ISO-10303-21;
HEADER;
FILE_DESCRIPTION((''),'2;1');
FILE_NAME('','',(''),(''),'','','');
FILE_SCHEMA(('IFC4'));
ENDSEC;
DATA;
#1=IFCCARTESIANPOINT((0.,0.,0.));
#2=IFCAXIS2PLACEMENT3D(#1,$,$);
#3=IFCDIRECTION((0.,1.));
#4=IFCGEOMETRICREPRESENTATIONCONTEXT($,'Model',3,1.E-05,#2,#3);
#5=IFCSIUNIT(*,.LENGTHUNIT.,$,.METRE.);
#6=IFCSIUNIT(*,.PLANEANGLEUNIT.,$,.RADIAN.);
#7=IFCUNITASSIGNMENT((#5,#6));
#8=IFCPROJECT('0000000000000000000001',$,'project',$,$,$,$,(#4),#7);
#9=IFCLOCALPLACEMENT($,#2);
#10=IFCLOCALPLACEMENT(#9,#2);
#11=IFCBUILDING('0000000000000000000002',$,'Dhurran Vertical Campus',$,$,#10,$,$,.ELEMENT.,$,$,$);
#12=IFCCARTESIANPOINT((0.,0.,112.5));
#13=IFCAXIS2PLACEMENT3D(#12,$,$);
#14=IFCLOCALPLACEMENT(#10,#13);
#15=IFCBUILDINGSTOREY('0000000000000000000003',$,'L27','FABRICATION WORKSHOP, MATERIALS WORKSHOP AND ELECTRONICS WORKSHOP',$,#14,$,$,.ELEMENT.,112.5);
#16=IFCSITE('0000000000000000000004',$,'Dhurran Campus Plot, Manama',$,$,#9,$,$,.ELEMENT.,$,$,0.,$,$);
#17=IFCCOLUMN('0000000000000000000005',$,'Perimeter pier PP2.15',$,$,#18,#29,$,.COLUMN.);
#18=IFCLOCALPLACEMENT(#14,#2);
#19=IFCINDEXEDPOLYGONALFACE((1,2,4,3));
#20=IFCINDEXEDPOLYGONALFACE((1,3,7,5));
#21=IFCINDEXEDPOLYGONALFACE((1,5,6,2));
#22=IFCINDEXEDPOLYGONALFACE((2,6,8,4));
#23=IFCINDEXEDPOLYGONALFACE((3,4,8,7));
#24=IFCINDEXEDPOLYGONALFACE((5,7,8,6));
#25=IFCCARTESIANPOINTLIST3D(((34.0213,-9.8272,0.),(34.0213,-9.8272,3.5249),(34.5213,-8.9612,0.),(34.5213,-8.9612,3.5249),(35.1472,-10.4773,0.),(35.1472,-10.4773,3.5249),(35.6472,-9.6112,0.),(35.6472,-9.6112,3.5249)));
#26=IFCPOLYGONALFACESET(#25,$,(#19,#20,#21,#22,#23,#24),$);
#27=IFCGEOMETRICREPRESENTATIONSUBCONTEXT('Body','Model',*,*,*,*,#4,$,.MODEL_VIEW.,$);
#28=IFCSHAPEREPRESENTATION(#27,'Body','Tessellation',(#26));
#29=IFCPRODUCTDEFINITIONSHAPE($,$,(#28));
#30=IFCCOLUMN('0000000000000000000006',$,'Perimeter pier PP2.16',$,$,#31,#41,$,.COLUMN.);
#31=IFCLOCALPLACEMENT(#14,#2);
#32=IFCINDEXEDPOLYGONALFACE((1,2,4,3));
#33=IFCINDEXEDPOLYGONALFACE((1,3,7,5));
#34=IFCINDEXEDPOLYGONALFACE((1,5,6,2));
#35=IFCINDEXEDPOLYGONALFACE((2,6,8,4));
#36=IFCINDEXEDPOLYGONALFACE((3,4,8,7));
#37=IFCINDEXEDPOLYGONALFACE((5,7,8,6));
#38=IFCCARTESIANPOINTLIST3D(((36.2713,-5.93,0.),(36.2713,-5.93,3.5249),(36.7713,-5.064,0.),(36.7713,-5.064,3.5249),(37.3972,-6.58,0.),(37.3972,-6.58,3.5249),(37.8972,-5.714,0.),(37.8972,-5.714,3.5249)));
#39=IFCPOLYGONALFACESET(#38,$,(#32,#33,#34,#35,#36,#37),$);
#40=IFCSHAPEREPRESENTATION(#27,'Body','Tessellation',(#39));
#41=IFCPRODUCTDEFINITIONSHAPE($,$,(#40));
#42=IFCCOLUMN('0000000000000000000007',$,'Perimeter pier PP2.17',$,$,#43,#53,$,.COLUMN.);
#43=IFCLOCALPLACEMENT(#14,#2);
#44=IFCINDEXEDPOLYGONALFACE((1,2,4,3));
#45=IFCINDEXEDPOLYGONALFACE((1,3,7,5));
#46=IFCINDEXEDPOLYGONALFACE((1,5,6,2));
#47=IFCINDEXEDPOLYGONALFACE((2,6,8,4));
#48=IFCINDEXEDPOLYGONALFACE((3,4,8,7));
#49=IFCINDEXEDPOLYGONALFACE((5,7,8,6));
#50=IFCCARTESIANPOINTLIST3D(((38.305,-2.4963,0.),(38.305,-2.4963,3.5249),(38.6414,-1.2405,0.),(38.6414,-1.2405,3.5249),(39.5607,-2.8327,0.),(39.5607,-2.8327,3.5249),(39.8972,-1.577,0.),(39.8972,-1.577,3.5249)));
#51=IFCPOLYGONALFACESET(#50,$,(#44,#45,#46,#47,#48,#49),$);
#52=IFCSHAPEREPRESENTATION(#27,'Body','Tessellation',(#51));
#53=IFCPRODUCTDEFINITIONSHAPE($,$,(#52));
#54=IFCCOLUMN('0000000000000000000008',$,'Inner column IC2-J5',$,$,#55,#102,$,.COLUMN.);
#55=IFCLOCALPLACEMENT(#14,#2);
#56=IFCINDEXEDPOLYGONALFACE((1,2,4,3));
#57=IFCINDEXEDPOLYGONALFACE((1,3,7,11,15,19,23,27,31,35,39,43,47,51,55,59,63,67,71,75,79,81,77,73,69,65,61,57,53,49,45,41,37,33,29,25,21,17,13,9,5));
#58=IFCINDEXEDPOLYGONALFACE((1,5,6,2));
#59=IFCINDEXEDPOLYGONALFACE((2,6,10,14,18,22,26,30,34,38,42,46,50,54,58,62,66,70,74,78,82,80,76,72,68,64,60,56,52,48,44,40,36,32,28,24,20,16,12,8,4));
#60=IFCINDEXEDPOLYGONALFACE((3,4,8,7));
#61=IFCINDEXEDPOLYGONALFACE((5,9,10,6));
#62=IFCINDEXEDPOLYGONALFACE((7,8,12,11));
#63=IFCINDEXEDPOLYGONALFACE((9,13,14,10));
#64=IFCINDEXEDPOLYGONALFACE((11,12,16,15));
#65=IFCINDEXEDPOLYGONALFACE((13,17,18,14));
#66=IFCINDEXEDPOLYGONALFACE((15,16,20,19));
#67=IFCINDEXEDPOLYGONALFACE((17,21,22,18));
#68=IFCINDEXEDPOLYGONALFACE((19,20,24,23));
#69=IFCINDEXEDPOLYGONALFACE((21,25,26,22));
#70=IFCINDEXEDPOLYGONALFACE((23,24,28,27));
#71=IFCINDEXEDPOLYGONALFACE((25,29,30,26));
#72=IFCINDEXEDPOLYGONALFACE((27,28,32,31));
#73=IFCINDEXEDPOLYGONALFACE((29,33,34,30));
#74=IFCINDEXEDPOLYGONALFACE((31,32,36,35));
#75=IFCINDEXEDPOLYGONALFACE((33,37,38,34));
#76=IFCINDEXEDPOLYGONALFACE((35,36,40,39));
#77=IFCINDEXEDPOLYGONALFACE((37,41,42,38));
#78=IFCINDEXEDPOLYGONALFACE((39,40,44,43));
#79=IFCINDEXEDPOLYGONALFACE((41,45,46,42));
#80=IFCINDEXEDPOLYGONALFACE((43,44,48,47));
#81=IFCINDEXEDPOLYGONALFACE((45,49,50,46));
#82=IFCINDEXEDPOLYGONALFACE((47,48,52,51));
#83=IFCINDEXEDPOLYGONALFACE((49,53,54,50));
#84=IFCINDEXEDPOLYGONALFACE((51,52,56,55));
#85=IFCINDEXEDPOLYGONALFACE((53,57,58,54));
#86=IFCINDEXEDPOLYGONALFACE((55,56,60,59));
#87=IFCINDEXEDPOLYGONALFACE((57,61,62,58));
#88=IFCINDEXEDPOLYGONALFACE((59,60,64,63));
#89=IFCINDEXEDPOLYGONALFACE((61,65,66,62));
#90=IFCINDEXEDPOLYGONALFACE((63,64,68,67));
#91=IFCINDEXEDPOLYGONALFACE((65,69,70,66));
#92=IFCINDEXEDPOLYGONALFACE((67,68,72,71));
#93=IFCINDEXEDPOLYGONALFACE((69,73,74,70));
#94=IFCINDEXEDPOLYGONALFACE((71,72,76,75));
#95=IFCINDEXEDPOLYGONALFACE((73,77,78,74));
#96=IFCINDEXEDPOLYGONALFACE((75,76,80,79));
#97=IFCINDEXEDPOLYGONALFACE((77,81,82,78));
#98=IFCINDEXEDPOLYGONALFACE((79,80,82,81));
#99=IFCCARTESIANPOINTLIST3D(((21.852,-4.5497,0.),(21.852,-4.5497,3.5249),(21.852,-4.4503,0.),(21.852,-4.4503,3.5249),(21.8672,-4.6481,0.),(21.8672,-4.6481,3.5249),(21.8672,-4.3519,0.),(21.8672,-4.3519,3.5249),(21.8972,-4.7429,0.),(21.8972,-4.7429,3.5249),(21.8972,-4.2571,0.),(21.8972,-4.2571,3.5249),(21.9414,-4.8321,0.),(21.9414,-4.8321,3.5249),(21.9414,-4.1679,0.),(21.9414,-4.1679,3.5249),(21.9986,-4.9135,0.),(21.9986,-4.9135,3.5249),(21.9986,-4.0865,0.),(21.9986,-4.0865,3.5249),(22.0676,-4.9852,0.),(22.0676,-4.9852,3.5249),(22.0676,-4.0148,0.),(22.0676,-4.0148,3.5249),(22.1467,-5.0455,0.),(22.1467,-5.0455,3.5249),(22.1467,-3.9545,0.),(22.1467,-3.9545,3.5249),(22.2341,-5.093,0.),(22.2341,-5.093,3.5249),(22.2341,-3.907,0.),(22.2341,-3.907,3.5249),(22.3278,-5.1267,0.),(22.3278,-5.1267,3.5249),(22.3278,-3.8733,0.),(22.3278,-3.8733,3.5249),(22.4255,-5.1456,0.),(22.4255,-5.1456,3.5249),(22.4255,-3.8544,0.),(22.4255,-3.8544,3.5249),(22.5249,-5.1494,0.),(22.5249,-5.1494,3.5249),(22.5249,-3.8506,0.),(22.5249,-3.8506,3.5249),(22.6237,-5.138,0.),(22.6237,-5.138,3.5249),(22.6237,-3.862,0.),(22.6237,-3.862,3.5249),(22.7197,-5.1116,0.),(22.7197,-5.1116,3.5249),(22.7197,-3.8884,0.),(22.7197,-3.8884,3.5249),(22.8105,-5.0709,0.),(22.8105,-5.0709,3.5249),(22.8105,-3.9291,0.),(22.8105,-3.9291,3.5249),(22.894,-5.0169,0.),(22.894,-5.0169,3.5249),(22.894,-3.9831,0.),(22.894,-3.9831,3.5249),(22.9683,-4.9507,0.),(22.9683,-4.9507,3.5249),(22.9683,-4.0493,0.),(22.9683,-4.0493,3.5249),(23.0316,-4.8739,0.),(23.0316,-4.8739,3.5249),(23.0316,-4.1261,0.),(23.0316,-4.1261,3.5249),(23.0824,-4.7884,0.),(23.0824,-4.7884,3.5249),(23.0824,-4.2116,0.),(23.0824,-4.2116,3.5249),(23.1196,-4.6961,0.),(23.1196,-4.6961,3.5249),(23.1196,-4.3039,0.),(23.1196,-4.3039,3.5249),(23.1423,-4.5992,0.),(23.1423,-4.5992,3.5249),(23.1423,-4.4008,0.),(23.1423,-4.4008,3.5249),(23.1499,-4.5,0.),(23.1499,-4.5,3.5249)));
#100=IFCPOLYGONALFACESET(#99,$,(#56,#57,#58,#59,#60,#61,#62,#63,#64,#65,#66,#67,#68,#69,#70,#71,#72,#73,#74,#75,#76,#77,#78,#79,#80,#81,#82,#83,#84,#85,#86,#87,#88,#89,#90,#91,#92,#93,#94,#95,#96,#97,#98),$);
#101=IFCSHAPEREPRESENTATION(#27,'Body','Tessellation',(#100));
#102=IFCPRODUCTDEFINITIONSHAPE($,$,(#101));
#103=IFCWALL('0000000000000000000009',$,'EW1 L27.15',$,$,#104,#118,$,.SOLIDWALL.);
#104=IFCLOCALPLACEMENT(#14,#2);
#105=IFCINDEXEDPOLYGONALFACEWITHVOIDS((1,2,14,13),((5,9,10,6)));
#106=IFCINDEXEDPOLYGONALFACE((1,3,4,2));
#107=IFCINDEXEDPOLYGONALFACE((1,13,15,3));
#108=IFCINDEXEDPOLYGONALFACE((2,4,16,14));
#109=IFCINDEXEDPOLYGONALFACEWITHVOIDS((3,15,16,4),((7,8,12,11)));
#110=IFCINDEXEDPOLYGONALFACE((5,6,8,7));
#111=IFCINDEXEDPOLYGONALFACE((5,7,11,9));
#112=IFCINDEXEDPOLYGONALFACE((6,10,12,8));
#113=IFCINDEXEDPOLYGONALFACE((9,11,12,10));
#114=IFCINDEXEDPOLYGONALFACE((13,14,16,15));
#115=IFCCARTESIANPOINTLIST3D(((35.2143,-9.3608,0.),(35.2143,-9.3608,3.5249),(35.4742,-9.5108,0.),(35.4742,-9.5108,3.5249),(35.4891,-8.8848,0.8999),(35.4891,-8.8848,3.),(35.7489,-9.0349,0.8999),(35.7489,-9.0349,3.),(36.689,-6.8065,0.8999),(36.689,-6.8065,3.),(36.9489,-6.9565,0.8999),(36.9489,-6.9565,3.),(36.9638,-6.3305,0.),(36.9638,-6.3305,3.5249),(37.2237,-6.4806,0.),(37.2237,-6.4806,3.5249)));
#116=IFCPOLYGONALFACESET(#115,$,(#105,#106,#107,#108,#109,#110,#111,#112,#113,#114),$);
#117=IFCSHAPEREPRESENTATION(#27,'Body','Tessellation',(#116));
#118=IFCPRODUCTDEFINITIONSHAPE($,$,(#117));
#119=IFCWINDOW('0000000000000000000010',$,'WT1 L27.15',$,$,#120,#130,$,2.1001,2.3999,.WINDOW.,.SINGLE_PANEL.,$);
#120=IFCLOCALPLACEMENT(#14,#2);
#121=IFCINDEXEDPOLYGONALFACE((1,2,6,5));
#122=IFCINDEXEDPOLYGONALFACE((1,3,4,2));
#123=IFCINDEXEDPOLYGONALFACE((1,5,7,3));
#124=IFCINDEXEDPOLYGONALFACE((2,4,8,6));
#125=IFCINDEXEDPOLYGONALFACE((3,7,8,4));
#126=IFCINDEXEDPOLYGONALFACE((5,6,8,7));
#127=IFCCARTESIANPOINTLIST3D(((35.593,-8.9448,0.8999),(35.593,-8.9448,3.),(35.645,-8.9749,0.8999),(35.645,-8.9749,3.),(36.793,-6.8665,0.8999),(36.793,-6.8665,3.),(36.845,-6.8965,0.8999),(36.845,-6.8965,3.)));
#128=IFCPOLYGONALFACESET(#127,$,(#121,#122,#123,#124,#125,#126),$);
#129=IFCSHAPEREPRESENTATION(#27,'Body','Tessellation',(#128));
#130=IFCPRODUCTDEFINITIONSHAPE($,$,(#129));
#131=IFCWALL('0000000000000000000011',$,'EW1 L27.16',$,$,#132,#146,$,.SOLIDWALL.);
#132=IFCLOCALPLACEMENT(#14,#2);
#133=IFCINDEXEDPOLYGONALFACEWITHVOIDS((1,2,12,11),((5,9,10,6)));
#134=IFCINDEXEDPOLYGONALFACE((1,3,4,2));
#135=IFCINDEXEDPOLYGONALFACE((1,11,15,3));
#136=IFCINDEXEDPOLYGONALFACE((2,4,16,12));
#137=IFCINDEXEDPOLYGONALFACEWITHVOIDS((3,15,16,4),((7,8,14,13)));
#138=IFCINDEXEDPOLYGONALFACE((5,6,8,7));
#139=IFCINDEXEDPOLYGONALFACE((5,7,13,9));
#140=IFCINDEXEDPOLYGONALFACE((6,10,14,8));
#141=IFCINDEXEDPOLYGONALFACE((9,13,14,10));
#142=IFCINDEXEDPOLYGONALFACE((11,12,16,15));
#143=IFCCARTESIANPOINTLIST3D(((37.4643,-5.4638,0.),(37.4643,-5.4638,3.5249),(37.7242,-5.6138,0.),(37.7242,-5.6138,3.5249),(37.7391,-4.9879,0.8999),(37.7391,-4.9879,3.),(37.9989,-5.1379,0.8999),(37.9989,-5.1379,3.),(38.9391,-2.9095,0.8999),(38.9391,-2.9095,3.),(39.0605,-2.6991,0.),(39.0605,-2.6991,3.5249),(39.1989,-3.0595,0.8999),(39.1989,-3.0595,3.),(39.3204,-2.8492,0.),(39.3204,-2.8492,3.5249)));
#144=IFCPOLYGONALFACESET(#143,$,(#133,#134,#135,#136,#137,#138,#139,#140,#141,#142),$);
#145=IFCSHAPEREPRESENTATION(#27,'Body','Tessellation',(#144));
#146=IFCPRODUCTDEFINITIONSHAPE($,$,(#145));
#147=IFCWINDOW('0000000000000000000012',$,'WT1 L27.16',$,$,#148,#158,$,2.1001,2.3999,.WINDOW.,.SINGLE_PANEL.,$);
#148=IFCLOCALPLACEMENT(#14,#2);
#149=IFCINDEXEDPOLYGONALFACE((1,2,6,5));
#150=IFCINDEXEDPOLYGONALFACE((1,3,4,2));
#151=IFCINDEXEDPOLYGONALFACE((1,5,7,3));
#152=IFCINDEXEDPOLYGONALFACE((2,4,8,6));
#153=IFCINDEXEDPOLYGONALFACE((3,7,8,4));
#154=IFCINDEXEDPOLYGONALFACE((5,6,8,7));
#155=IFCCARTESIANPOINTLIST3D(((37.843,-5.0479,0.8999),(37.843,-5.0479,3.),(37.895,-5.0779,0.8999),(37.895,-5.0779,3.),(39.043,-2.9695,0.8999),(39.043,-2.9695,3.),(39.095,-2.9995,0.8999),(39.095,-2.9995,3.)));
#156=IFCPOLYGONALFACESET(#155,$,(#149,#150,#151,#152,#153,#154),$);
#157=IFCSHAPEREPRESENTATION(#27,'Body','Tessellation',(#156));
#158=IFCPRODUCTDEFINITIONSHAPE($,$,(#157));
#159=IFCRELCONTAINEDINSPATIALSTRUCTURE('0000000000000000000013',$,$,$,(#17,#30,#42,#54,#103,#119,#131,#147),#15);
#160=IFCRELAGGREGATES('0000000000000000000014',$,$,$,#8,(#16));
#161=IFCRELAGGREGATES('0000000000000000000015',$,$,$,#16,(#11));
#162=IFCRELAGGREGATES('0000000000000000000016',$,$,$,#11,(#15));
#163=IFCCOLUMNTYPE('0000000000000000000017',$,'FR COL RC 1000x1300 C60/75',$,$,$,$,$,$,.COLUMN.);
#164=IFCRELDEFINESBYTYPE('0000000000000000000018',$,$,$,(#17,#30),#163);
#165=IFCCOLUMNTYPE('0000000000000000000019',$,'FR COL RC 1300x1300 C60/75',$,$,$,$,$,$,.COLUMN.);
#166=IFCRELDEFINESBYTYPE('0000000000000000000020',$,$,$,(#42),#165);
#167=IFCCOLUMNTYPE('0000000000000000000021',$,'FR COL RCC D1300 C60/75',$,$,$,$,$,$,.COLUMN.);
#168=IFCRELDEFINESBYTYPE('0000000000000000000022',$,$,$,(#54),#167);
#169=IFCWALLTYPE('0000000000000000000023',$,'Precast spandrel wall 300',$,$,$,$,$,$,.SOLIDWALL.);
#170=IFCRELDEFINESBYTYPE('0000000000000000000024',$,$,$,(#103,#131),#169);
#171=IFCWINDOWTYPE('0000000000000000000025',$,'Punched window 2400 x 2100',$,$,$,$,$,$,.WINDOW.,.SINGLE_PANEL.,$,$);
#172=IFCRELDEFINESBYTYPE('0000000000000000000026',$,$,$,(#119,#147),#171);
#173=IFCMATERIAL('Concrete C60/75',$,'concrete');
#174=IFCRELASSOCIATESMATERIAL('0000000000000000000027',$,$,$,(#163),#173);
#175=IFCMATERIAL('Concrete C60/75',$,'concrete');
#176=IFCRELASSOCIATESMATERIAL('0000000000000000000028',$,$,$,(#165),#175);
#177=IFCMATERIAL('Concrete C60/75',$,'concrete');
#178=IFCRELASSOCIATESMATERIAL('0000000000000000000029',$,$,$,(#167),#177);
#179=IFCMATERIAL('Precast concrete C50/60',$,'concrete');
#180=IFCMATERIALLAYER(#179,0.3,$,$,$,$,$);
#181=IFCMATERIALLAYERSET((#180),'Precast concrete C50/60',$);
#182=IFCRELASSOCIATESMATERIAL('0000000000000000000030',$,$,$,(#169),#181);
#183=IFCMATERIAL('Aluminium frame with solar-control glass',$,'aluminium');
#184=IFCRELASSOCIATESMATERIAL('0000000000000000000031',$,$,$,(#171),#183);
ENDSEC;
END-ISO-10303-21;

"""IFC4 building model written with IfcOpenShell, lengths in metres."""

from ifc_helpers import new_model, si_unit, direction, frame, frame_2d, origin, origin_2d, place, context, subcontext, project, spatial, rectangle, circle, extrude, material, layer, layer_set, material_profile, profile_set, type_object, element, fill, save


model = new_model("IFC4")

# Units and contexts
model_context = context("Model", 3, precision=1e-05, world=origin(), true_north=direction((0.0, 1.0)))
body_context = subcontext(model_context, "Body", "Model", "MODEL_VIEW")
ifc_project = project(units=[si_unit("LENGTHUNIT", "METRE"), si_unit("PLANEANGLEUNIT", "RADIAN")], contexts=[model_context])

# Site, building, storey
site_placement = place(None, origin())
site = spatial("IfcSite", under=ifc_project, at=site_placement, Name="Dhurran Campus Plot, Manama", CompositionType="ELEMENT", RefElevation=0.0)
building_placement = place(site_placement, origin())
building = spatial("IfcBuilding", under=site, at=building_placement, Name="Dhurran Vertical Campus", CompositionType="ELEMENT")
storey_placement = place(building_placement, frame((0.0, 0.0, 112.5)))
storey = spatial("IfcBuildingStorey", under=building, at=storey_placement, Name="L27", Description="FABRICATION WORKSHOP, MATERIALS WORKSHOP AND ELECTRONICS WORKSHOP", CompositionType="ELEMENT", Elevation=112.5)

# Columns
ifc_material_1 = material(Name="Concrete C60/75", Category="concrete")
ifc_material_profile_1 = material_profile(ifc_material_1, rectangle(XDim=1.0, YDim=1.3, at=origin_2d()), Name="RC 1000x1300")
ifc_profile_set_1 = profile_set([ifc_material_profile_1], Name="Concrete C60/75")
column_type_1 = type_object("IfcColumnType", Name="FR COL RC 1000x1300 C60/75", PredefinedType="COLUMN", material=ifc_profile_set_1)
for number, where, z_axis, x_axis, name in (
    (1, (34.8342, -9.7192, 0.0), (0.0, 0.0, 1.0), (0.5, 0.866025, 0.0), "Perimeter pier PP2.15"),
    (2, (37.0842, -5.822, 0.0), (0.0, 0.0, 1.0), (0.5, 0.866025, 0.0), "Perimeter pier PP2.16"),
):
    element("IfcColumn", number, at=place(storey_placement, frame(where, z_axis=z_axis, x_axis=x_axis)), inside=storey, type_object=column_type_1, Name=name, PredefinedType="COLUMN", context=body_context, shape_type="SweptSolid", body=[
        extrude(rectangle(XDim=1.0, YDim=1.3, at=origin_2d()), origin(), (0.0, 0.0, 1.0), 3.5249),
    ])
ifc_material_2 = material(Name="Concrete C60/75", Category="concrete")
ifc_material_profile_2 = material_profile(ifc_material_2, rectangle(XDim=1.3, YDim=1.3, at=origin_2d()), Name="RC 1300x1300")
ifc_profile_set_2 = profile_set([ifc_material_profile_2], Name="Concrete C60/75")
column_type_2 = type_object("IfcColumnType", Name="FR COL RC 1300x1300 C60/75", PredefinedType="COLUMN", material=ifc_profile_set_2)
column_1_placement = place(storey_placement, frame((39.1011, -2.0366, 0.0), z_axis=(0.0, 0.0, 1.0), x_axis=(0.258819, 0.965926, 0.0)))
element("IfcColumn", 3, at=column_1_placement, inside=storey, type_object=column_type_2, Name="Perimeter pier PP2.17", PredefinedType="COLUMN", context=body_context, shape_type="SweptSolid", body=[
    extrude(rectangle(XDim=1.3, YDim=1.3, at=origin_2d()), origin(), (0.0, 0.0, 1.0), 3.5249),
])
ifc_material_3 = material(Name="Concrete C60/75", Category="concrete")
ifc_material_profile_3 = material_profile(ifc_material_3, circle(Radius=0.6499, at=origin_2d()), Name="RCC D1300")
ifc_profile_set_3 = profile_set([ifc_material_profile_3], Name="Concrete C60/75")
column_type_3 = type_object("IfcColumnType", Name="FR COL RCC D1300 C60/75", PredefinedType="COLUMN", material=ifc_profile_set_3)
column_2_placement = place(storey_placement, frame((22.5, -4.5, 0.0), z_axis=(0.0, 0.0, 1.0), x_axis=(1.0, 0.0, 0.0)))
element("IfcColumn", 4, at=column_2_placement, inside=storey, type_object=column_type_3, Name="Inner column IC2-J5", PredefinedType="COLUMN", context=body_context, shape_type="SweptSolid", body=[
    extrude(circle(Radius=0.6499, at=origin_2d()), origin(), (0.0, 0.0, 1.0), 3.5249),
])

# Walls, openings, windows
ifc_material_4 = material(Name="Precast concrete C50/60", Category="concrete")
ifc_layer_1 = layer(ifc_material_4, 0.3)
ifc_layer_set_1 = layer_set([ifc_layer_1], Name="Precast concrete C50/60")
wall_type_1 = type_object("IfcWallType", Name="Precast spandrel wall 300", PredefinedType="SOLIDWALL", material=ifc_layer_set_1)
wall_1_placement = place(storey_placement, frame((35.3442, -9.4358, 0.0), z_axis=(0.0, 0.0, 1.0), x_axis=(0.499996, 0.866028, 0.0)))
wall_1 = element("IfcWall", 5, at=wall_1_placement, inside=storey, type_object=wall_type_1, Name="EW1 L27.15", PredefinedType="SOLIDWALL", context=body_context, shape_type="SweptSolid", body=[
    extrude(rectangle(XDim=3.499, YDim=0.3, at=frame_2d((1.7495, 0.0))), origin(), (0.0, 0.0, 1.0), 3.5249),
])
opening_1_placement = place(wall_1_placement, frame((0.5496, 0.0, 0.8999)))
opening_1 = element("IfcOpeningElement", 6, at=opening_1_placement, cuts=wall_1, PredefinedType="OPENING", context=body_context, shape_type="SweptSolid", body=[
    extrude(rectangle(XDim=2.3999, YDim=2.1001, at=frame_2d((1.2, 1.05))), frame((0.0, 0.1599, 0.0), z_axis=(0.0, -1.0, 0.0), x_axis=(1.0, 0.0, 0.0)), (0.0, 0.0, 1.0), 0.3201),
])
ifc_material_5 = material(Name="Aluminium frame with solar-control glass", Category="aluminium")
window_type = type_object("IfcWindowType", Name="Punched window 2400 x 2100", PartitioningType="SINGLE_PANEL", PredefinedType="WINDOW", material=ifc_material_5)
window_1_placement = place(opening_1_placement, origin())
window_1 = element("IfcWindow", 7, at=window_1_placement, inside=storey, type_object=window_type, Name="WT1 L27.15", OverallHeight=2.1001, OverallWidth=2.3999, PartitioningType="SINGLE_PANEL", PredefinedType="WINDOW", context=body_context, shape_type="SweptSolid", body=[
    extrude(rectangle(XDim=2.3999, YDim=2.1001, at=frame_2d((1.2, 1.05))), frame((0.0, 0.03, 0.0), z_axis=(0.0, -1.0, 0.0), x_axis=(1.0, 0.0, 0.0)), (0.0, 0.0, 1.0), 0.0601),
])
fill(opening_1, window_1)
wall_2_placement = place(storey_placement, frame((37.5942, -5.5388, 0.0), z_axis=(0.0, 0.0, 1.0), x_axis=(0.500005, 0.866023, 0.0)))
wall_2 = element("IfcWall", 8, at=wall_2_placement, inside=storey, type_object=wall_type_1, Name="EW1 L27.16", PredefinedType="SOLIDWALL", context=body_context, shape_type="SweptSolid", body=[
    extrude(rectangle(XDim=3.1924, YDim=0.3, at=frame_2d((1.5962, 0.0))), origin(), (0.0, 0.0, 1.0), 3.5249),
])
opening_2_placement = place(wall_2_placement, frame((0.5496, 0.0, 0.8999)))
opening_2 = element("IfcOpeningElement", 9, at=opening_2_placement, cuts=wall_2, PredefinedType="OPENING", context=body_context, shape_type="SweptSolid", body=[
    extrude(rectangle(XDim=2.3999, YDim=2.1001, at=frame_2d((1.2, 1.05))), frame((0.0, 0.1599, 0.0), z_axis=(0.0, -1.0, 0.0), x_axis=(1.0, 0.0, 0.0)), (0.0, 0.0, 1.0), 0.3201),
])
window_2_placement = place(opening_2_placement, origin())
window_2 = element("IfcWindow", 10, at=window_2_placement, inside=storey, type_object=window_type, Name="WT1 L27.16", OverallHeight=2.1001, OverallWidth=2.3999, PartitioningType="SINGLE_PANEL", PredefinedType="WINDOW", context=body_context, shape_type="SweptSolid", body=[
    extrude(rectangle(XDim=2.3999, YDim=2.1001, at=frame_2d((1.2, 1.05))), frame((0.0, 0.03, 0.0), z_axis=(0.0, -1.0, 0.0), x_axis=(1.0, 0.0, 0.0)), (0.0, 0.0, 1.0), 0.0601),
])
fill(opening_2, window_2)

save(model, "model.ifc")
